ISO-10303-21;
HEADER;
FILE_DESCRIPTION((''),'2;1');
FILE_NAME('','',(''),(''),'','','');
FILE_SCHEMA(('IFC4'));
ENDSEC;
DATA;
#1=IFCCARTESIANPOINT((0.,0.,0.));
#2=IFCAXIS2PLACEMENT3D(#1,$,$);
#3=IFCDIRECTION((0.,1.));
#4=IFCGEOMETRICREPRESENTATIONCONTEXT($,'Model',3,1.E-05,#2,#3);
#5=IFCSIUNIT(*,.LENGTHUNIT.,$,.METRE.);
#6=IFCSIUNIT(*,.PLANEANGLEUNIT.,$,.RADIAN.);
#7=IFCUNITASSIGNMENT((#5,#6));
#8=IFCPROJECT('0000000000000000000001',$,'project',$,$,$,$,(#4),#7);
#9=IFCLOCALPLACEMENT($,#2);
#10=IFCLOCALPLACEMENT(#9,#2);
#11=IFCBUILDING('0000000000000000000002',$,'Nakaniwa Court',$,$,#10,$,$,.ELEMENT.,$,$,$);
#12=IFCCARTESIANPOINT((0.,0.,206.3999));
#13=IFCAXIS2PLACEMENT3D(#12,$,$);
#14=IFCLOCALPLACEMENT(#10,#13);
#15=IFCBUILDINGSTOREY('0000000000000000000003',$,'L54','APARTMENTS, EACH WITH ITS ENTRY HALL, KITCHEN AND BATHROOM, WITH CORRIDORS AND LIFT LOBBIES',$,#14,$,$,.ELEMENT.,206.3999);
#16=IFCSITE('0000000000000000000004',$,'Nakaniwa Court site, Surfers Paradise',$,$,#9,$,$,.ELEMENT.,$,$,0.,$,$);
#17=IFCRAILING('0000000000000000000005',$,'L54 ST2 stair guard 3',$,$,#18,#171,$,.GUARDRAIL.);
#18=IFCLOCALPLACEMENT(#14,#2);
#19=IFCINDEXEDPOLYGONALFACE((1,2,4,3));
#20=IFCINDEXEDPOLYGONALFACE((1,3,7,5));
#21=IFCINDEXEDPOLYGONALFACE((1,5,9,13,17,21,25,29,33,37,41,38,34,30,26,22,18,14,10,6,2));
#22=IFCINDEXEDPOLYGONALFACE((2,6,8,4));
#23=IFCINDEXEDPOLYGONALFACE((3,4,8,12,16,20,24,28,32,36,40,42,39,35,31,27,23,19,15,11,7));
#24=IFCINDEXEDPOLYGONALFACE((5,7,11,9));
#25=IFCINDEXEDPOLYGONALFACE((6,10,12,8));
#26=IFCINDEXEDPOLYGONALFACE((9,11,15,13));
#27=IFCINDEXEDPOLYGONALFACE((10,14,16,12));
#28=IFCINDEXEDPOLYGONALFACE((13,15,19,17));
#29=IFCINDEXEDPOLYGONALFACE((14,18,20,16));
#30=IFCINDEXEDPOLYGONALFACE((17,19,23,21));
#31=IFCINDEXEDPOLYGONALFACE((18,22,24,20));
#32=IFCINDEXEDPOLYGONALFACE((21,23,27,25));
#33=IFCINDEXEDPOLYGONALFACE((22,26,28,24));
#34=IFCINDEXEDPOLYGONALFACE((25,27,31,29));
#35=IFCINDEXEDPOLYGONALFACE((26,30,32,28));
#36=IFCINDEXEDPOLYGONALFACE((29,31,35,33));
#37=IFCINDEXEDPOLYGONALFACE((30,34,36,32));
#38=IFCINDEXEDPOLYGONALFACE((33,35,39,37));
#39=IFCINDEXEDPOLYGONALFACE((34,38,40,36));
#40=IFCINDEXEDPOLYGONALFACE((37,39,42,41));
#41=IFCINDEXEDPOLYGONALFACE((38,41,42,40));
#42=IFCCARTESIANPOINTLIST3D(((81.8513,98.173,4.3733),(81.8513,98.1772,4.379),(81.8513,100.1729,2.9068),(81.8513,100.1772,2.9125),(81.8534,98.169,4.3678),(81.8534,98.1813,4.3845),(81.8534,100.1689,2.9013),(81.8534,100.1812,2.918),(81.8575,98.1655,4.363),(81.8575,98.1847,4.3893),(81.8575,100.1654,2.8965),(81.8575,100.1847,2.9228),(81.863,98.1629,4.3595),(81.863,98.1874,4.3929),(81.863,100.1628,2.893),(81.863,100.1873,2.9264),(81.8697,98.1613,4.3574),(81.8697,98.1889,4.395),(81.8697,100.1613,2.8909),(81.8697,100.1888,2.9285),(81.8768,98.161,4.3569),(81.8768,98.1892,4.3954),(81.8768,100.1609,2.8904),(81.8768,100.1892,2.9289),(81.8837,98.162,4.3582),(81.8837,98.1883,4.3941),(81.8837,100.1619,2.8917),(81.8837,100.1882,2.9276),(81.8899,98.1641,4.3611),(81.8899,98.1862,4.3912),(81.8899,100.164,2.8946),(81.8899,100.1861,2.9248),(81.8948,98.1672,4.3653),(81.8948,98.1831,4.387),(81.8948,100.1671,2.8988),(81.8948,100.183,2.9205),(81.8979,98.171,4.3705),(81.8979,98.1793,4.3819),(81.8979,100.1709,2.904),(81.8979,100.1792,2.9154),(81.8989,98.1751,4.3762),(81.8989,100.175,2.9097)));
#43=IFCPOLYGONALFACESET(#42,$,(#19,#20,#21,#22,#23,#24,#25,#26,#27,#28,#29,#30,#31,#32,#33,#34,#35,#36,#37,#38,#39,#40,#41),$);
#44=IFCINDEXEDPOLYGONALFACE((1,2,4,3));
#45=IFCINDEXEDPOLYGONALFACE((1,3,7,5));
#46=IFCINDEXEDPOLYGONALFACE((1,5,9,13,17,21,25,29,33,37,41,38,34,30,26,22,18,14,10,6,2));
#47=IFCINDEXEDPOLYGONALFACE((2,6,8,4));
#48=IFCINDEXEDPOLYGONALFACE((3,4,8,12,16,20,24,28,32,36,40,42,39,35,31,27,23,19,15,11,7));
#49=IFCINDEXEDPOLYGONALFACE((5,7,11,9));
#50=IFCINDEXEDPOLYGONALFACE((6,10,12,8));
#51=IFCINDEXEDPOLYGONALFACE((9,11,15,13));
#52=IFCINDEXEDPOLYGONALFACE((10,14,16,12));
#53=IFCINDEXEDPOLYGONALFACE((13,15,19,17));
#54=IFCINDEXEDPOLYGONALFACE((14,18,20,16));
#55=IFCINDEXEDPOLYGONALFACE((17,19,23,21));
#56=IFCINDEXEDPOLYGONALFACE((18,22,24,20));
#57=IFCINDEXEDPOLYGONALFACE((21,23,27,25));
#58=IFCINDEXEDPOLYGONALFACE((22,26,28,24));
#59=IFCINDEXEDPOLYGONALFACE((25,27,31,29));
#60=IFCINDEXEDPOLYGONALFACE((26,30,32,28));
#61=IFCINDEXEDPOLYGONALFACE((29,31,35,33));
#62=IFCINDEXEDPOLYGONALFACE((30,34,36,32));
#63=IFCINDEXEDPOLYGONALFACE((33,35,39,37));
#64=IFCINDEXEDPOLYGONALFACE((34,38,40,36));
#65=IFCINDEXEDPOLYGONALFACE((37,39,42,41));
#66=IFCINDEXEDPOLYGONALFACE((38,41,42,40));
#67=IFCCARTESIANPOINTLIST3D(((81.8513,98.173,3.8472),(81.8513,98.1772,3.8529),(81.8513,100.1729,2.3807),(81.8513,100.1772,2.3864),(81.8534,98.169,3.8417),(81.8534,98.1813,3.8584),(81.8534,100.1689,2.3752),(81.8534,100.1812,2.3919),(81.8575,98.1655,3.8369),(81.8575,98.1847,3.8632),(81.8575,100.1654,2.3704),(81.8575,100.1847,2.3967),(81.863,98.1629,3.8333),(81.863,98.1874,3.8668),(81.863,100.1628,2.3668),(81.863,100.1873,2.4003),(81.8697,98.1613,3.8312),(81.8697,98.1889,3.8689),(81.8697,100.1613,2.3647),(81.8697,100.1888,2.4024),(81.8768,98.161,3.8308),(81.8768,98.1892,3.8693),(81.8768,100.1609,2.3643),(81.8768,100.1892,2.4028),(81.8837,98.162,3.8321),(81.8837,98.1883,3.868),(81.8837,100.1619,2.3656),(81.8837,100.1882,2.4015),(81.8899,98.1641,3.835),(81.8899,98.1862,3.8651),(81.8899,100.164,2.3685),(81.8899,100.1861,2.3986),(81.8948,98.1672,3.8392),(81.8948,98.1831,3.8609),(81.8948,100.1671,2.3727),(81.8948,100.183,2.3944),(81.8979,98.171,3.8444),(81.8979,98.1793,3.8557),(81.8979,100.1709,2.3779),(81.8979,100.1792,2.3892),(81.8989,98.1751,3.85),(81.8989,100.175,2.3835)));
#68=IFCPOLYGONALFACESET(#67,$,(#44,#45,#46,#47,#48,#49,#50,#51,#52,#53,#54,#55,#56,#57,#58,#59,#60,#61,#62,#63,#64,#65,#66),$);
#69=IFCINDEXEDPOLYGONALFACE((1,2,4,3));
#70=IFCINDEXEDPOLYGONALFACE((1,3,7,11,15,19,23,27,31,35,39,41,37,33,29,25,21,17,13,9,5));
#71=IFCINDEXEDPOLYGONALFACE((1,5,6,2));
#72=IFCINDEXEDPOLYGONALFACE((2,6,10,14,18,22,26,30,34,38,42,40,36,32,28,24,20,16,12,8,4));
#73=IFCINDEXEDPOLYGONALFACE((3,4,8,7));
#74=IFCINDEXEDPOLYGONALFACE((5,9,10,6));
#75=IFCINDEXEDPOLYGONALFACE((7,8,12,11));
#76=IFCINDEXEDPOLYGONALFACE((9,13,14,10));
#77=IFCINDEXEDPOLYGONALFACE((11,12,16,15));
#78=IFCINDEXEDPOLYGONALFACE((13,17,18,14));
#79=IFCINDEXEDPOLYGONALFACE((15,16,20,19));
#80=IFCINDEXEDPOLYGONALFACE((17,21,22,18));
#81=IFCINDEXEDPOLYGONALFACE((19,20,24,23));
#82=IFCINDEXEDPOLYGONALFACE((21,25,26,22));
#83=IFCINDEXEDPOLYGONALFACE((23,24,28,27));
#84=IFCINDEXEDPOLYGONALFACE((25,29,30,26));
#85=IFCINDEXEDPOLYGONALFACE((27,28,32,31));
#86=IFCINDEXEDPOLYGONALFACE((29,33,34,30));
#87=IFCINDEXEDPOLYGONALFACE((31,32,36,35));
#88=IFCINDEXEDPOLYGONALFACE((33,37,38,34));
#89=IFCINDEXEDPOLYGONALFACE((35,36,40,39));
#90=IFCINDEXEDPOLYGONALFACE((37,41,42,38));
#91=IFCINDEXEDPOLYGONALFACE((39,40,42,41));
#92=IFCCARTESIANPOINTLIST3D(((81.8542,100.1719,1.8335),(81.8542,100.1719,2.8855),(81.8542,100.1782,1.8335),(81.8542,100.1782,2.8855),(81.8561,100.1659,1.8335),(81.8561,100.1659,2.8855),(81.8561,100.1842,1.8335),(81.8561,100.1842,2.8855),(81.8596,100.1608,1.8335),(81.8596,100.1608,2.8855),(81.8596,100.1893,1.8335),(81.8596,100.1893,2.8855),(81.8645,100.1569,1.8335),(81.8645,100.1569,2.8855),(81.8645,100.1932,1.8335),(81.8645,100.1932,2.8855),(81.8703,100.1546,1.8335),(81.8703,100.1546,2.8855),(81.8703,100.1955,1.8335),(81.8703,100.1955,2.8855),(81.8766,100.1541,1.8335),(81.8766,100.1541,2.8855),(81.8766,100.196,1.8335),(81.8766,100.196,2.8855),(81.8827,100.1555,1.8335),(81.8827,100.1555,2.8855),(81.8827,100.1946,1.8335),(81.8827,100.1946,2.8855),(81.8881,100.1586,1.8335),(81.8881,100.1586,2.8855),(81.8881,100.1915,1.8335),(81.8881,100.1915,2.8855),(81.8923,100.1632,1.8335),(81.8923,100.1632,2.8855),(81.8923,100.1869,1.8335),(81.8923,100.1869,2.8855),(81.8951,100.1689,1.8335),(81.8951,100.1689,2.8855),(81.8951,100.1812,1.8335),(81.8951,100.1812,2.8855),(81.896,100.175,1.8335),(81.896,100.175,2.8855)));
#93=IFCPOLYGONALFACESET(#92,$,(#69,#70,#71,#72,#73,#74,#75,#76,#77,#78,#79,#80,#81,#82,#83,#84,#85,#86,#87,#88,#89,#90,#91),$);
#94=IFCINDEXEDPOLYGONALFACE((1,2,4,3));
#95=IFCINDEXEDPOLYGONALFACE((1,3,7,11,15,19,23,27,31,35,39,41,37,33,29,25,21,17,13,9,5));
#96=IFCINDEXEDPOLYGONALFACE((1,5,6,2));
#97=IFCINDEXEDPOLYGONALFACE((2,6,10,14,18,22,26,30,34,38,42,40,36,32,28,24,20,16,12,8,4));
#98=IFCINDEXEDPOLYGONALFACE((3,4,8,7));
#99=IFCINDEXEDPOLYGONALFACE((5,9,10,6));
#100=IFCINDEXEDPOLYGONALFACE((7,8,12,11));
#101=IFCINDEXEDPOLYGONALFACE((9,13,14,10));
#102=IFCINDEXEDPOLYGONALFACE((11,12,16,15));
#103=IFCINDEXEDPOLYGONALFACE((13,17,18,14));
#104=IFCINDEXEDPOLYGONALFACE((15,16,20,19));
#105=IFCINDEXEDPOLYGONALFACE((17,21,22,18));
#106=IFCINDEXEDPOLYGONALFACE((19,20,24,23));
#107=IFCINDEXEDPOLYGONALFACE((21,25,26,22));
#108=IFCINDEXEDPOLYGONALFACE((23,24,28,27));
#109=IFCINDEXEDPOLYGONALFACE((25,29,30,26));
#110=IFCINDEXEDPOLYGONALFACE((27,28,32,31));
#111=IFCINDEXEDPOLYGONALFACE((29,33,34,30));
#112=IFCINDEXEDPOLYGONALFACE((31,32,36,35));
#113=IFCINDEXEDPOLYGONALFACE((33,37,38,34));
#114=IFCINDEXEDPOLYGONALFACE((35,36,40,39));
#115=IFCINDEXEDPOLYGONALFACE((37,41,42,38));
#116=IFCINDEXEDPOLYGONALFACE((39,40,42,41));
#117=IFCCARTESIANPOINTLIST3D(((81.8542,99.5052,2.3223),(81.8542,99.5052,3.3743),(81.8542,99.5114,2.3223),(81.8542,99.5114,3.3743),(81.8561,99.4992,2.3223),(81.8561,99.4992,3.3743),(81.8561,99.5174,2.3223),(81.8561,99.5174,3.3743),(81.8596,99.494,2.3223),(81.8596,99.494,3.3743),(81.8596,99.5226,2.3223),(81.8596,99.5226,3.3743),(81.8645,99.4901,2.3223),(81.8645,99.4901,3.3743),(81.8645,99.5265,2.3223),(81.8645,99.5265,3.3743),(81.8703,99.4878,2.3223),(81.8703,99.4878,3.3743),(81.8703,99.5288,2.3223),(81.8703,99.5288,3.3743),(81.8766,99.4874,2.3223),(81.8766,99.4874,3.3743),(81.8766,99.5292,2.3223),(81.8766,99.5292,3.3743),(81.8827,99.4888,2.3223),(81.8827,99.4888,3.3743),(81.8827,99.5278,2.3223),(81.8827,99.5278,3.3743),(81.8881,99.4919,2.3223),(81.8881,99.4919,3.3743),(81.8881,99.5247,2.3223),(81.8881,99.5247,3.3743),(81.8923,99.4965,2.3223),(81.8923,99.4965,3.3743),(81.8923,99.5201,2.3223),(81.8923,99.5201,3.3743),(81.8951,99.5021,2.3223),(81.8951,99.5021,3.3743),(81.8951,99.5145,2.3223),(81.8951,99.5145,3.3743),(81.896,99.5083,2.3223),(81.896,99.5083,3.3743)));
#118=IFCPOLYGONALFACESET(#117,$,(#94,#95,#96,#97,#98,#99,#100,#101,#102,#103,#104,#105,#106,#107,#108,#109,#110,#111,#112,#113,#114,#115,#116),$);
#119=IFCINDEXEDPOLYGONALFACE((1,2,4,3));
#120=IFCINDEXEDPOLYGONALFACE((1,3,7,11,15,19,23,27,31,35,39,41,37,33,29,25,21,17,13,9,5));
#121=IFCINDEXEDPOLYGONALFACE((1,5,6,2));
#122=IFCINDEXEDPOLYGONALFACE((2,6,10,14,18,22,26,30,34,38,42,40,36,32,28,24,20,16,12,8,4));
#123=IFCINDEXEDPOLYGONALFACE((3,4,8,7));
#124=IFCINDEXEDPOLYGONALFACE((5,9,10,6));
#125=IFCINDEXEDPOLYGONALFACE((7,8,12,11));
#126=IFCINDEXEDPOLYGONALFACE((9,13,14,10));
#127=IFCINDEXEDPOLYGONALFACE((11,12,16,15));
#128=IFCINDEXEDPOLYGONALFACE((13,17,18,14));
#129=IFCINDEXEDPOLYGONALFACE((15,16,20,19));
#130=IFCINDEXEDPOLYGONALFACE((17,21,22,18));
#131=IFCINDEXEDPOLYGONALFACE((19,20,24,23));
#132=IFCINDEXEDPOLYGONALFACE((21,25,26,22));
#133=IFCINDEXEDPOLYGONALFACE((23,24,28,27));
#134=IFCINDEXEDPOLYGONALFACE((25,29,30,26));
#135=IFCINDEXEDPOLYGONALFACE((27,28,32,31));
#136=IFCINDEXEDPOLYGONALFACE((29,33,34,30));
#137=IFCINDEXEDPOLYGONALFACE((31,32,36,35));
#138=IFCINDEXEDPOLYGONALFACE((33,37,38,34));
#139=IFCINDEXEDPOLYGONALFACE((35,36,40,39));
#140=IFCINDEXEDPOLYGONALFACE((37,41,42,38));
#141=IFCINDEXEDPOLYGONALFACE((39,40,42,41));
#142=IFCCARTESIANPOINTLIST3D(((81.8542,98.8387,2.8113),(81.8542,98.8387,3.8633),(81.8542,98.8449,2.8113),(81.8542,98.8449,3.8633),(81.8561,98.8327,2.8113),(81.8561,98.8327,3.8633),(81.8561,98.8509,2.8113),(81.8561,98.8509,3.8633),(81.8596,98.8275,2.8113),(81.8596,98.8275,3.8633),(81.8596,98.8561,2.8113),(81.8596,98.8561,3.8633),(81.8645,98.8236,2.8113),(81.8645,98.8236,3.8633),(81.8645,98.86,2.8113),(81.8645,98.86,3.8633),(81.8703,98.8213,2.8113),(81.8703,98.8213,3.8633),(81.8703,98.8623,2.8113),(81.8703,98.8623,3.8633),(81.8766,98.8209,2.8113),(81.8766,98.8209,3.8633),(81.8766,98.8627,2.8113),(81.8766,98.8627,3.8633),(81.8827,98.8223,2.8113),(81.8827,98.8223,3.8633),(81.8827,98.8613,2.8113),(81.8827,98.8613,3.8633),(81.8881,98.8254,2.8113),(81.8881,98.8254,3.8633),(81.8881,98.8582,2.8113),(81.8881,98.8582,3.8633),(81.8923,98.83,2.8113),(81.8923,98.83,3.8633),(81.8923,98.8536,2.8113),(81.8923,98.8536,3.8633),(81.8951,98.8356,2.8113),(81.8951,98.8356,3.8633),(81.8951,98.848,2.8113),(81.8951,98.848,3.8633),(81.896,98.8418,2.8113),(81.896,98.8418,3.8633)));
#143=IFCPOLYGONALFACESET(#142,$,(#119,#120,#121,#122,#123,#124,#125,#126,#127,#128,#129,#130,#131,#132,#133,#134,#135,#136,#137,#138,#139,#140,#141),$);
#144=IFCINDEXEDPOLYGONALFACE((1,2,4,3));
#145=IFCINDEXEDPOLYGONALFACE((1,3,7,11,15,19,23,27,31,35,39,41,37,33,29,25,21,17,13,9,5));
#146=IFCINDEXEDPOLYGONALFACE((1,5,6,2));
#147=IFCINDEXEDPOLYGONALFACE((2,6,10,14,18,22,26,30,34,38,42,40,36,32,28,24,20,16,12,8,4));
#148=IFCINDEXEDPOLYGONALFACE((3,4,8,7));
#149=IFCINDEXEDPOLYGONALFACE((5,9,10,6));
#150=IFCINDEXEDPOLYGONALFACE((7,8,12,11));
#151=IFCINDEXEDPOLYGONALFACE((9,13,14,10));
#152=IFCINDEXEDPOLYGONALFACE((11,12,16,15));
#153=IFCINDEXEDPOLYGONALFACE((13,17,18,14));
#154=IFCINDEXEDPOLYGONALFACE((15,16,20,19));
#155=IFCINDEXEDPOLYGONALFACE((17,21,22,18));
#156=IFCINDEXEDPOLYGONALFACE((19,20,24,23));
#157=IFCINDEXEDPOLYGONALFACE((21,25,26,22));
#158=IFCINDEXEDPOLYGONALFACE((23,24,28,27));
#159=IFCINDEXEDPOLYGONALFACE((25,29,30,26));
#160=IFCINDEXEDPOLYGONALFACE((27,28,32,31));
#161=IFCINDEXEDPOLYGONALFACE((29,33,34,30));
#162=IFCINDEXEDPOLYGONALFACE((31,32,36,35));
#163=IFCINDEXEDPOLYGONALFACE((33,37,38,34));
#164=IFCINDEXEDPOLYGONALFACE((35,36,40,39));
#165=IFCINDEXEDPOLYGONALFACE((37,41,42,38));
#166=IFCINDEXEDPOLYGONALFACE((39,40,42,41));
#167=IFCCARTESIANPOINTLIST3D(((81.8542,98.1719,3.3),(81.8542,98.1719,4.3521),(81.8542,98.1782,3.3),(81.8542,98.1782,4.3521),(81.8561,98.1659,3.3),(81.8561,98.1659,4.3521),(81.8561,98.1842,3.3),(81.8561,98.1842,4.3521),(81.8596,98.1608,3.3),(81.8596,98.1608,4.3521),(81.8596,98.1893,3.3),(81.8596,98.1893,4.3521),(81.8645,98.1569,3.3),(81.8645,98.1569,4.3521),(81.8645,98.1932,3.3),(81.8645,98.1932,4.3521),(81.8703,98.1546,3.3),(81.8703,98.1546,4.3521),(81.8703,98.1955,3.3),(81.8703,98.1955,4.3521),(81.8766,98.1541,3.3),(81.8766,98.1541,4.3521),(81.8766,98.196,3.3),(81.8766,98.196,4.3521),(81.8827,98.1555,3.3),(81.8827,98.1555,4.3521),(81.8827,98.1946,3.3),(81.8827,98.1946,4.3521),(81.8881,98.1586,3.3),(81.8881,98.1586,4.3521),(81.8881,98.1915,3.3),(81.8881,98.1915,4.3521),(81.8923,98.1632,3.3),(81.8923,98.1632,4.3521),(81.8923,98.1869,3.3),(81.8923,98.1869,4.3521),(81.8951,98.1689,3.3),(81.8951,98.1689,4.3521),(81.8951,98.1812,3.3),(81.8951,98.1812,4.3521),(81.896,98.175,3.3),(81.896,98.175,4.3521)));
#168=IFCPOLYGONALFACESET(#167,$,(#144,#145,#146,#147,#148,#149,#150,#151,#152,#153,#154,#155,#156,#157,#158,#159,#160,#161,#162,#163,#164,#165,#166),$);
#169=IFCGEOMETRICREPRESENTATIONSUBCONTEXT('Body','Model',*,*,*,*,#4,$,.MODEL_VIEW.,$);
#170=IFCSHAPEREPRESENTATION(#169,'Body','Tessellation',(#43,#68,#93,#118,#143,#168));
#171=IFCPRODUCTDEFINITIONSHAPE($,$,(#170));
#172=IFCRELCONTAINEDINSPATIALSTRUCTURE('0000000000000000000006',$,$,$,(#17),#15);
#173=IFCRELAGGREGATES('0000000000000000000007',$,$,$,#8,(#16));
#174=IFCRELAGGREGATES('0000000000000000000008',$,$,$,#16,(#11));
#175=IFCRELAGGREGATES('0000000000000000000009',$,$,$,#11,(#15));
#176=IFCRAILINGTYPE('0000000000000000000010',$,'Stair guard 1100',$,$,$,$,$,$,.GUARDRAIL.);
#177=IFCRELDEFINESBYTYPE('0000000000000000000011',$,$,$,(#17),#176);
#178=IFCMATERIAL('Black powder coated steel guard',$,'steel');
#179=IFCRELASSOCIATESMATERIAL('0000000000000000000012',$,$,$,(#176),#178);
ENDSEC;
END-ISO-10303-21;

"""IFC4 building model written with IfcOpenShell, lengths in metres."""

from ifc_helpers import new_model, si_unit, direction, frame, origin, origin_2d, place, context, subcontext, project, spatial, circle, extrude, material, type_object, element, save


model = new_model("IFC4")

# Units and contexts
model_context = context("Model", 3, precision=1e-05, world=origin(), true_north=direction((0.0, 1.0)))
body_context = subcontext(model_context, "Body", "Model", "MODEL_VIEW")
ifc_project = project(units=[si_unit("LENGTHUNIT", "METRE"), si_unit("PLANEANGLEUNIT", "RADIAN")], contexts=[model_context])

# Site, building, storey
site_placement = place(None, origin())
site = spatial("IfcSite", under=ifc_project, at=site_placement, Name="Nakaniwa Court site, Surfers Paradise", CompositionType="ELEMENT", RefElevation=0.0)
building_placement = place(site_placement, origin())
building = spatial("IfcBuilding", under=site, at=building_placement, Name="Nakaniwa Court", CompositionType="ELEMENT")
storey_placement = place(building_placement, frame((0.0, 0.0, 206.3999)))
storey = spatial("IfcBuildingStorey", under=building, at=storey_placement, Name="L54", Description="APARTMENTS, EACH WITH ITS ENTRY HALL, KITCHEN AND BATHROOM, WITH CORRIDORS AND LIFT LOBBIES", CompositionType="ELEMENT", Elevation=206.3999)

# Railing
ifc_material_1 = material(Name="Black powder coated steel guard", Category="steel")
railing_type_1 = type_object("IfcRailingType", Name="Stair guard 1100", PredefinedType="GUARDRAIL", material=ifc_material_1)
railing_1_placement = place(storey_placement, frame((81.875, 100.175, 1.8335)))
element("IfcRailing", 1, at=railing_1_placement, inside=storey, type_object=railing_type_1, Name="L54 ST2 stair guard 3", PredefinedType="GUARDRAIL", context=body_context, shape_type="SweptSolid", body=[
    extrude(circle(Radius=0.0239, at=origin_2d()), frame((0.0, 0.0, 1.0762), z_axis=(0.0, -0.806427, 0.591334), x_axis=(1.0, 0.0, 0.0)), (0.0, 0.0, 1.0), 2.48),
    extrude(circle(Radius=0.0239, at=origin_2d()), frame((0.0, 0.0, 0.55), z_axis=(0.0, -0.806427, 0.591334), x_axis=(1.0, 0.0, 0.0)), (0.0, 0.0, 1.0), 2.48),
    extrude(circle(Radius=0.021, at=origin_2d()), origin(), (0.0, 0.0, 1.0), 1.052),
    extrude(circle(Radius=0.021, at=origin_2d()), frame((0.0, -0.6667, 0.4888)), (0.0, 0.0, 1.0), 1.052),
    extrude(circle(Radius=0.021, at=origin_2d()), frame((0.0, -1.3333, 0.9778)), (0.0, 0.0, 1.0), 1.052),
    extrude(circle(Radius=0.021, at=origin_2d()), frame((0.0, -2.0, 1.4666)), (0.0, 0.0, 1.0), 1.052),
])

save(model, "model.ifc")
